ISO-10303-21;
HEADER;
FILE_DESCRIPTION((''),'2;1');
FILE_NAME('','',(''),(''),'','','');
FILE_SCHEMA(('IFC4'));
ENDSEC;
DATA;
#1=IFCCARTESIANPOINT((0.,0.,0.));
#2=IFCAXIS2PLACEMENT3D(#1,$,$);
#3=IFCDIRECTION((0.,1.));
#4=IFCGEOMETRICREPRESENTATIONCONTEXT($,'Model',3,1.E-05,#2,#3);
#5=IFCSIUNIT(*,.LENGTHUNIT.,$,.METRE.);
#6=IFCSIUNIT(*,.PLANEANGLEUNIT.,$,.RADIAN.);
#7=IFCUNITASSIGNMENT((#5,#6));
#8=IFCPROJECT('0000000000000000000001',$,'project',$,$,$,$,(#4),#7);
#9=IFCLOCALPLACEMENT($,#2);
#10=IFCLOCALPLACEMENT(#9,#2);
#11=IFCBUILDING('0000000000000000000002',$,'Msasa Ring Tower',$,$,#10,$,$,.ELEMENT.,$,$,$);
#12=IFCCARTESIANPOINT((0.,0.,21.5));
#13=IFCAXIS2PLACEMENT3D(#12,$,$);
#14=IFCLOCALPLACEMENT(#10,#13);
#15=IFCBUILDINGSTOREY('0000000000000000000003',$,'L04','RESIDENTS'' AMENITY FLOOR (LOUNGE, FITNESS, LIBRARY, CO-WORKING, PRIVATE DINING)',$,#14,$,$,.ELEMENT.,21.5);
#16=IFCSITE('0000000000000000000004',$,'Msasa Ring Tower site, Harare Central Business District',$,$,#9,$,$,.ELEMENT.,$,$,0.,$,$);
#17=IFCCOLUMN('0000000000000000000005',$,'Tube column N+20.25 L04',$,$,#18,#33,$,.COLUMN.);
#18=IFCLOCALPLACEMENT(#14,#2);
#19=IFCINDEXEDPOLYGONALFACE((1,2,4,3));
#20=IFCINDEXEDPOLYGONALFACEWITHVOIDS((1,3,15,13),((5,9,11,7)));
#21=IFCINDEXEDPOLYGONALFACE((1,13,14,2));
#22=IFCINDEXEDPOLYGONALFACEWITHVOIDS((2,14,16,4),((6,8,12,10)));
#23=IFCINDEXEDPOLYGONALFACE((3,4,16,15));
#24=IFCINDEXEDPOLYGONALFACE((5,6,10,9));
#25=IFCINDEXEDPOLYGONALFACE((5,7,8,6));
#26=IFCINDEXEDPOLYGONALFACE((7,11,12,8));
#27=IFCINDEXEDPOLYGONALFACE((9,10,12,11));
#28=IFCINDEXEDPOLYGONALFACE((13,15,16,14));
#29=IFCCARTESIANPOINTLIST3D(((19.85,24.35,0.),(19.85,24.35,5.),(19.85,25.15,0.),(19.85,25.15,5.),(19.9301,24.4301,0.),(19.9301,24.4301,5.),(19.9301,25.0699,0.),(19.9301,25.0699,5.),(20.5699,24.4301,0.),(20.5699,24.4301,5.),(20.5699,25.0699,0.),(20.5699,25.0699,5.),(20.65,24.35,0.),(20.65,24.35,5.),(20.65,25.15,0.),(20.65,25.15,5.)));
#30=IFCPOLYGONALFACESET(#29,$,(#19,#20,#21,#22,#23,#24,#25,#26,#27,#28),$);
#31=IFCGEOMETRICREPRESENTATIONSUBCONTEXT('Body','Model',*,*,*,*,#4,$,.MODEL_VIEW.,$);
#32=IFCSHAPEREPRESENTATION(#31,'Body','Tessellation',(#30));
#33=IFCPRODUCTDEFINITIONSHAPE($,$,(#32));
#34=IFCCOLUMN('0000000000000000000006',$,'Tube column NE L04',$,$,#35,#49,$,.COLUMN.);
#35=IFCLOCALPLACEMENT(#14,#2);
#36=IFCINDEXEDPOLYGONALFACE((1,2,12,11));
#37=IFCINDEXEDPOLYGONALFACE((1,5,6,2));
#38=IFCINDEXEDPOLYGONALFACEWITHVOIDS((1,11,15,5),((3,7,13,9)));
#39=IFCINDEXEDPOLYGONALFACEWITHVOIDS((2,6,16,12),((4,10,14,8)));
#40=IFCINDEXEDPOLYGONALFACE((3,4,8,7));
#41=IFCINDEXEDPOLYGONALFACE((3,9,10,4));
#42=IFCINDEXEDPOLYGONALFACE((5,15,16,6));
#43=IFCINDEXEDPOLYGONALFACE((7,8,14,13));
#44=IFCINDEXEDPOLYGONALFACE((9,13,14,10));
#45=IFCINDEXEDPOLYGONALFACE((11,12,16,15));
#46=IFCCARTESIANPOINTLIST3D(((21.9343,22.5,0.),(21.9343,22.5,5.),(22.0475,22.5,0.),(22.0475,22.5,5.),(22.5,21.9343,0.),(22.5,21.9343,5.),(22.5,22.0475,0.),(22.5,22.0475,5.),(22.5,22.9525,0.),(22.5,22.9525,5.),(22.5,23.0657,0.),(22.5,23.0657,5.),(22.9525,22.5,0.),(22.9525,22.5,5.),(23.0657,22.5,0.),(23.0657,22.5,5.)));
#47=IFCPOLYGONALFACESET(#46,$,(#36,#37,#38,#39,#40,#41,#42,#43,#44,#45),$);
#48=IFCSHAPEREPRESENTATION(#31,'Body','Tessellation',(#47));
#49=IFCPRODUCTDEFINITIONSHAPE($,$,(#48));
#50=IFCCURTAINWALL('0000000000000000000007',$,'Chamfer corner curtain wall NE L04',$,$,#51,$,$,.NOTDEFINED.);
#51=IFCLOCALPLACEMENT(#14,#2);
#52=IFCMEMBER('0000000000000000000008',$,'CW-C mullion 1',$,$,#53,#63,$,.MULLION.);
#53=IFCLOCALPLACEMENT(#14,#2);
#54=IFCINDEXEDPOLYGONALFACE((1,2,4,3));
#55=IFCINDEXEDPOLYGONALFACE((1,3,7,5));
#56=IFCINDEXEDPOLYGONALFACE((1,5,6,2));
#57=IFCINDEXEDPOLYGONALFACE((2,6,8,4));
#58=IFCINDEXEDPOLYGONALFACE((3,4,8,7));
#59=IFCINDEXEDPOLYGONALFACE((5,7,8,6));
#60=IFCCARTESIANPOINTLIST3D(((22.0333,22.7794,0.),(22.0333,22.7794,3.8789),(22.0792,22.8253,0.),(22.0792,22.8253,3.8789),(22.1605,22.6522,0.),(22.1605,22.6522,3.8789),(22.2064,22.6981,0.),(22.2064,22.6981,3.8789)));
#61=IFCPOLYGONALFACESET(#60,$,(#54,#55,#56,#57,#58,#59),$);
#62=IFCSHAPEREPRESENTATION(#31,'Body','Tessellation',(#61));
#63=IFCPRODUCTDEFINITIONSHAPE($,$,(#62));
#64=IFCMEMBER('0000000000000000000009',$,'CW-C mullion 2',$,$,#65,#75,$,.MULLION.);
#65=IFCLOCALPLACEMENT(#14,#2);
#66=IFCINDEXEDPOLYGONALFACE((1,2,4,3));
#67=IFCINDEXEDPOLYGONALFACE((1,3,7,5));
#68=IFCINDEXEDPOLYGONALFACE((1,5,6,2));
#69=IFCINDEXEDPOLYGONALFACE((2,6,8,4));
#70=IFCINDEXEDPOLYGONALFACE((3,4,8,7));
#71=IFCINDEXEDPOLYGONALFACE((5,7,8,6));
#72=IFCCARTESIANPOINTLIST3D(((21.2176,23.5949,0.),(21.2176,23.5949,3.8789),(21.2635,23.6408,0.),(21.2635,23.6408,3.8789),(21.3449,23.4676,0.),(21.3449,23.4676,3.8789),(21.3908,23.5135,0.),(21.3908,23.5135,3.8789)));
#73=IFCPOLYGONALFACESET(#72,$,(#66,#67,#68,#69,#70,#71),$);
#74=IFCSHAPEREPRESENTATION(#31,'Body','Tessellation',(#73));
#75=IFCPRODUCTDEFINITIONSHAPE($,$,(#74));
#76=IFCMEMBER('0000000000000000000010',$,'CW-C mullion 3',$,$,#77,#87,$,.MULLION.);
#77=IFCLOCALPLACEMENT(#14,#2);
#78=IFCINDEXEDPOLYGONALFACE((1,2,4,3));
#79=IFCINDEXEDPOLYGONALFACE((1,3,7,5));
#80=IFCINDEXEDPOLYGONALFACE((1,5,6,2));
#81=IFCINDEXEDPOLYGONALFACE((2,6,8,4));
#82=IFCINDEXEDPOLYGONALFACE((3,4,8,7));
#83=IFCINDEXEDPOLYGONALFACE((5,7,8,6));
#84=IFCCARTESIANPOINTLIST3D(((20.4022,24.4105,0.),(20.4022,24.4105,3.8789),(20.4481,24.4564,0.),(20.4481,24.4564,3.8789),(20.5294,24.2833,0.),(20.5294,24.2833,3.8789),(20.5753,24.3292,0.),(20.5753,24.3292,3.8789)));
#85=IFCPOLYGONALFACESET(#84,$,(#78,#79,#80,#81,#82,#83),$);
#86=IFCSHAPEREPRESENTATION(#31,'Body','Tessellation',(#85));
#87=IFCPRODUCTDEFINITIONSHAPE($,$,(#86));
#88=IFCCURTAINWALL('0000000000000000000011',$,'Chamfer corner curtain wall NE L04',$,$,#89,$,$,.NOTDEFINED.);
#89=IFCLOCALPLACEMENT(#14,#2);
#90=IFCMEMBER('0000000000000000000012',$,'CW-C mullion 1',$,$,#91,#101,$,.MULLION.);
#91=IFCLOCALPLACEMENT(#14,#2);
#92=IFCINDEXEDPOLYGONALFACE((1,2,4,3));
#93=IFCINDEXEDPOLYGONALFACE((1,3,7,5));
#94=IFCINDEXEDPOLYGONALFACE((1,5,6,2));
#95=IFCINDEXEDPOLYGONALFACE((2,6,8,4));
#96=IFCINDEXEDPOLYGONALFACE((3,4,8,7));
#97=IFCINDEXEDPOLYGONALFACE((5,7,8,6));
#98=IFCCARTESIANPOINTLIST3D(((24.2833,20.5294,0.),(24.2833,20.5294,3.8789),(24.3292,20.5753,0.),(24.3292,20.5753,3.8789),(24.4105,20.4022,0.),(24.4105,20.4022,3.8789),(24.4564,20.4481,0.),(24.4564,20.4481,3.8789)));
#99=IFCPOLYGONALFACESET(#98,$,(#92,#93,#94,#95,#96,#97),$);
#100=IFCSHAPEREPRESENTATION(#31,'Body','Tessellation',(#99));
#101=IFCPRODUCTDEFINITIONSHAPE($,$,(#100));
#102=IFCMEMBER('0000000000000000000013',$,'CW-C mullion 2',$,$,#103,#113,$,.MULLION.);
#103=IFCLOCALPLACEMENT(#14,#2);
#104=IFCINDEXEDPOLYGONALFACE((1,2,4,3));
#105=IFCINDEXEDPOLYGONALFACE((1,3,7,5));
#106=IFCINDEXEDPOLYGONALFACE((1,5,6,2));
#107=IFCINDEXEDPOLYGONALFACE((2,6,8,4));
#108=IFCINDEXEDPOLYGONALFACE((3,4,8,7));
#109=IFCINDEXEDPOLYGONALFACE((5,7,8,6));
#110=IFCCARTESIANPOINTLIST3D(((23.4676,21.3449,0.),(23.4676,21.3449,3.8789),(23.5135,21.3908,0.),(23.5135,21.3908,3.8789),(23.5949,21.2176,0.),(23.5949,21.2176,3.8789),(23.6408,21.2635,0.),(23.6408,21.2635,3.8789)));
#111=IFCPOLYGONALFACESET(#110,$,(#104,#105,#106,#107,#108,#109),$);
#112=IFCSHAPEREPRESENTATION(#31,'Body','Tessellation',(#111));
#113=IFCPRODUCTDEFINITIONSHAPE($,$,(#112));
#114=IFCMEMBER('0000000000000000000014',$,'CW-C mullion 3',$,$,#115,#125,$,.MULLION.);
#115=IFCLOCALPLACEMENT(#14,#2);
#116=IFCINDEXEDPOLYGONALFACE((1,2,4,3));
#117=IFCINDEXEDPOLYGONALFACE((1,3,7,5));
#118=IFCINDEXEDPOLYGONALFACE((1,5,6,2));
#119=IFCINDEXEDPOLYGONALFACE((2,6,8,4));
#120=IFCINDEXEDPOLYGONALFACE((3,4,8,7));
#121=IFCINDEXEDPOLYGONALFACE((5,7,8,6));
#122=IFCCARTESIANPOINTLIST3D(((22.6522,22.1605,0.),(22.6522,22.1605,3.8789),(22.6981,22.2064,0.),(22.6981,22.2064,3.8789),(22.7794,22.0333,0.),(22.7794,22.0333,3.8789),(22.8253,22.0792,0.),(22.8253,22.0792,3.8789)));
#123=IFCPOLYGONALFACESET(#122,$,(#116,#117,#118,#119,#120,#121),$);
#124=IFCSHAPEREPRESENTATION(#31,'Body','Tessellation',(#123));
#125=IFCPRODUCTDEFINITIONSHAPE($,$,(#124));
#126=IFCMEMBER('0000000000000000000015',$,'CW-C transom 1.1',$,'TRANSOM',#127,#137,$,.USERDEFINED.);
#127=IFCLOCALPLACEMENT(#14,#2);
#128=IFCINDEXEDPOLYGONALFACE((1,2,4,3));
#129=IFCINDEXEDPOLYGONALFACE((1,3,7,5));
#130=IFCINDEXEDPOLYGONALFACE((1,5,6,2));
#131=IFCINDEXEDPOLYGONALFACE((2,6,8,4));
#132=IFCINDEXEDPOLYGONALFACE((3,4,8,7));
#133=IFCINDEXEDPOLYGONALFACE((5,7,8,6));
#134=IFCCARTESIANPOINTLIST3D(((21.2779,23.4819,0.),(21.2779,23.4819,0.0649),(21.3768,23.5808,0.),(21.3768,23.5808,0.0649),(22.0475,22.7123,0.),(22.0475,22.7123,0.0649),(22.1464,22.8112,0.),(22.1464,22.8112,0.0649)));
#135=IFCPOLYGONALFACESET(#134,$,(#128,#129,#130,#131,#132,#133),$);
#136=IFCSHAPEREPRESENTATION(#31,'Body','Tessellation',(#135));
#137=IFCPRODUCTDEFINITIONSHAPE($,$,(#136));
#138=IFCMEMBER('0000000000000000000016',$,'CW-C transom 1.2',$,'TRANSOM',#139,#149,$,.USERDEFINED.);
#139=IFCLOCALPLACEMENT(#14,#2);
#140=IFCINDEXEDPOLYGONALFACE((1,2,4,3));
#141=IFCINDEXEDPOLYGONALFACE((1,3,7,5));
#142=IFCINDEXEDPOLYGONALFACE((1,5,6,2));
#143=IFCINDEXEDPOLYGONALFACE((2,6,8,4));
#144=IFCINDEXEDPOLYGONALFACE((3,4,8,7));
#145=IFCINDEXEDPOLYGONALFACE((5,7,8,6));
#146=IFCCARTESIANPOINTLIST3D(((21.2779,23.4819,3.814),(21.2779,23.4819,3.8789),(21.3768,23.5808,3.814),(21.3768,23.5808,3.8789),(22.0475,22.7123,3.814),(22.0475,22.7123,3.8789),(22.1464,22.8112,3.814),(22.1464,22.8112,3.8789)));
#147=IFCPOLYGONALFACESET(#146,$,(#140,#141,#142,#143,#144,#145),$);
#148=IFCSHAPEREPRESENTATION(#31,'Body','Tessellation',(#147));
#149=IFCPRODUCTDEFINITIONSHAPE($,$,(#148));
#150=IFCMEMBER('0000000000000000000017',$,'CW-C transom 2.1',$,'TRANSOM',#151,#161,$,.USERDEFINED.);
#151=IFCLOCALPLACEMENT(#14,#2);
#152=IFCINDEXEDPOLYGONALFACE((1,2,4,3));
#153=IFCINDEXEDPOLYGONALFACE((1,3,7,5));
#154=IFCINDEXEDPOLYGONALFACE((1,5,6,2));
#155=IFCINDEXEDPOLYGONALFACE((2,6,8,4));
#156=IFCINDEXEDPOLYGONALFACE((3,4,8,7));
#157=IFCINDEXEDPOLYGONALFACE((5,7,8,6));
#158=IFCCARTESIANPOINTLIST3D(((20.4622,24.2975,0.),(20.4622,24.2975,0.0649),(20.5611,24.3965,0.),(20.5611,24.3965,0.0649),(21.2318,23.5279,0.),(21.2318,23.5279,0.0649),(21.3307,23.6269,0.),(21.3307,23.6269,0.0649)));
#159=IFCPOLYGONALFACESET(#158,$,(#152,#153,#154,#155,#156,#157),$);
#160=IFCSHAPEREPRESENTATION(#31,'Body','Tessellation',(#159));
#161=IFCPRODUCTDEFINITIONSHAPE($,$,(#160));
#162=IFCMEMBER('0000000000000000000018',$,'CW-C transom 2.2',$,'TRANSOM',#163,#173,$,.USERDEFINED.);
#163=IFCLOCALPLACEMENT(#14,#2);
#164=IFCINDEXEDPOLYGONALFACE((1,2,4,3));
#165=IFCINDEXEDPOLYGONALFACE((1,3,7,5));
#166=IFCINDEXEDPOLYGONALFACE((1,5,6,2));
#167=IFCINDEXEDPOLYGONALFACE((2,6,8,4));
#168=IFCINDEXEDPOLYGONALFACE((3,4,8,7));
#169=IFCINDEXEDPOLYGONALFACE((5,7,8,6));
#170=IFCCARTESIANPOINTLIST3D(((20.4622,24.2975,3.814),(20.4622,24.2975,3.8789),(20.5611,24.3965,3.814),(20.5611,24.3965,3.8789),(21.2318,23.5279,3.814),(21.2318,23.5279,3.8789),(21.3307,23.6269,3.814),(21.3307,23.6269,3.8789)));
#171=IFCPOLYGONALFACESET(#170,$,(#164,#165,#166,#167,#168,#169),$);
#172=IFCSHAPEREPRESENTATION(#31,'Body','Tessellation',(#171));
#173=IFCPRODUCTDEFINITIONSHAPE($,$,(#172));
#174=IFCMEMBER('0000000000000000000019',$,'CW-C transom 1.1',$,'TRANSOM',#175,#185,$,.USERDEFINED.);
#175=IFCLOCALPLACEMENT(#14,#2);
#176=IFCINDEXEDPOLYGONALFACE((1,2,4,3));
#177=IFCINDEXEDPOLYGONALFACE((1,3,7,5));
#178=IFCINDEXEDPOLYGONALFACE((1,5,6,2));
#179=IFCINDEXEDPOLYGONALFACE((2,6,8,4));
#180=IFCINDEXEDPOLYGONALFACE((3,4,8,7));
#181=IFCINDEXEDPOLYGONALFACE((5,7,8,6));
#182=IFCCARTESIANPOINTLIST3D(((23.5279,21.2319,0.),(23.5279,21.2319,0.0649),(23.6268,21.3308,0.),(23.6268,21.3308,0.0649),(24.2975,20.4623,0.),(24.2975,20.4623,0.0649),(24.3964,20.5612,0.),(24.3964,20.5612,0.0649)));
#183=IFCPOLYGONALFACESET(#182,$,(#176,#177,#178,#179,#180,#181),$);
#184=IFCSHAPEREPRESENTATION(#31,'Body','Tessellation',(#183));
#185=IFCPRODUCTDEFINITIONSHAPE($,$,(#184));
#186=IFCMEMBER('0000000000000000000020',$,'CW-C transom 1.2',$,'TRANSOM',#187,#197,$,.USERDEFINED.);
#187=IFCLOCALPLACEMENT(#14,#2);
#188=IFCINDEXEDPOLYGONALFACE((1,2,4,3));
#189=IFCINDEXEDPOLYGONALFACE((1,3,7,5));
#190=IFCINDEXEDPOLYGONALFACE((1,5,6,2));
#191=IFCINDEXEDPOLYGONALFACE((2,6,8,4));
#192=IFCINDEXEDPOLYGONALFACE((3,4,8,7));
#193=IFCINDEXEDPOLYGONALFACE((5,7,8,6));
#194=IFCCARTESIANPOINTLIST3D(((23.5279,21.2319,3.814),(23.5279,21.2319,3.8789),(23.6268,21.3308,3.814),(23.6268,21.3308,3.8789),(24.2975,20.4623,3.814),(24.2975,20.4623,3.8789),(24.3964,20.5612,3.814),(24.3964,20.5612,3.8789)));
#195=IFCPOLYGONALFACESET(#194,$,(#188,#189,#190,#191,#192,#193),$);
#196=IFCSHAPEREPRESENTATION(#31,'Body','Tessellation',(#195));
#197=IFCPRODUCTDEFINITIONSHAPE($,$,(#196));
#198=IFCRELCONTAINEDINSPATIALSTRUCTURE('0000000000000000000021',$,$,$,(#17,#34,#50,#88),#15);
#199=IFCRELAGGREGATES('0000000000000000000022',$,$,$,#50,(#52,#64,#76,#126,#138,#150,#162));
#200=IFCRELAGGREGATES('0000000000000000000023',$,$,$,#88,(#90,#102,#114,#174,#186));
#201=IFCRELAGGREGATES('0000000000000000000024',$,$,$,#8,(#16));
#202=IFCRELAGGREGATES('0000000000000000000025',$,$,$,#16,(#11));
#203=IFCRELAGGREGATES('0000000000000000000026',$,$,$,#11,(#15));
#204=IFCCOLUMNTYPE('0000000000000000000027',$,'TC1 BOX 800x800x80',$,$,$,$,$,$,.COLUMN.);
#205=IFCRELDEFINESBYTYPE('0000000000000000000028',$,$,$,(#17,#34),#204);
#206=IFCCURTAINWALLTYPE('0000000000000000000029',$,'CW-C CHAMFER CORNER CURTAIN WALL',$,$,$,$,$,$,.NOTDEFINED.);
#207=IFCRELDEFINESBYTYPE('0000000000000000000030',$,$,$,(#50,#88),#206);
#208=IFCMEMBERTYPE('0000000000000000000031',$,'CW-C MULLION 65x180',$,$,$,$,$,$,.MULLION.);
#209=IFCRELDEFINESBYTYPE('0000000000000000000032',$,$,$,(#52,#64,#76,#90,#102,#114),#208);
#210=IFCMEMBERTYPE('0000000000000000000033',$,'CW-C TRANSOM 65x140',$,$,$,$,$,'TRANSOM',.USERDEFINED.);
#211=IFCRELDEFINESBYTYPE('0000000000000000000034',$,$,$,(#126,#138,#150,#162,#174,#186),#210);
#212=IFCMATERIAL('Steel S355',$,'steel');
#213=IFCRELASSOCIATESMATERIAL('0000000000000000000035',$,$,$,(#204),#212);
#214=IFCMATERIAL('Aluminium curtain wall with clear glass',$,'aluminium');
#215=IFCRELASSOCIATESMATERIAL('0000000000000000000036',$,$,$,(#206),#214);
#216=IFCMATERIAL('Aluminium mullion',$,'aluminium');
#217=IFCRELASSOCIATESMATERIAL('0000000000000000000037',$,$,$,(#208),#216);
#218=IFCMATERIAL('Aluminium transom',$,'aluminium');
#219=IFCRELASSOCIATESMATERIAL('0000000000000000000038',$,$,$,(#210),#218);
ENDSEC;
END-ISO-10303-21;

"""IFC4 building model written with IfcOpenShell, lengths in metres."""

from ifc_helpers import new_model, si_unit, direction, frame, origin, origin_2d, place, context, subcontext, project, spatial, rectangle, hollow_rectangle, extrude, material, material_profile, profile_set, type_object, element, aggregate, save


model = new_model("IFC4")

# Units and contexts
model_context = context("Model", 3, precision=1e-05, world=origin(), true_north=direction((0.0, 1.0)))
body_context = subcontext(model_context, "Body", "Model", "MODEL_VIEW")
ifc_project = project(units=[si_unit("LENGTHUNIT", "METRE"), si_unit("PLANEANGLEUNIT", "RADIAN")], contexts=[model_context])

# Site, building, storey
site_placement = place(None, origin())
site = spatial("IfcSite", under=ifc_project, at=site_placement, Name="Msasa Ring Tower site, Harare Central Business District", CompositionType="ELEMENT", RefElevation=0.0)
building_placement = place(site_placement, origin())
building = spatial("IfcBuilding", under=site, at=building_placement, Name="Msasa Ring Tower", CompositionType="ELEMENT")
storey_placement = place(building_placement, frame((0.0, 0.0, 21.5)))
storey = spatial("IfcBuildingStorey", under=building, at=storey_placement, Name="L04", Description="RESIDENTS' AMENITY FLOOR (LOUNGE, FITNESS, LIBRARY, CO-WORKING, PRIVATE DINING)", CompositionType="ELEMENT", Elevation=21.5)

# Columns
ifc_material_1 = material(Name="Steel S355", Category="steel")
ifc_material_profile_1 = material_profile(ifc_material_1, hollow_rectangle(XDim=0.8, YDim=0.8, WallThickness=0.0801, at=origin_2d()), Name="BOX 800x800x80")
ifc_profile_set_1 = profile_set([ifc_material_profile_1], Name="Steel S355")
column_type = type_object("IfcColumnType", Name="TC1 BOX 800x800x80", PredefinedType="COLUMN", material=ifc_profile_set_1)
for number, where, z_axis, x_axis, name in (
    (1, (20.25, 24.75, 0.0), (0.0, 0.0, 1.0), (0.0, 1.0, 0.0), "Tube column N+20.25 L04"),
    (2, (22.5, 22.5, 0.0), (0.0, 0.0, 1.0), (0.707107, 0.707107, 0.0), "Tube column NE L04"),
):
    element("IfcColumn", number, at=place(storey_placement, frame(where, z_axis=z_axis, x_axis=x_axis)), inside=storey, type_object=column_type, Name=name, PredefinedType="COLUMN", context=body_context, shape_type="SweptSolid", body=[
        extrude(hollow_rectangle(XDim=0.8, YDim=0.8, WallThickness=0.0801, at=origin_2d()), origin(), (0.0, 0.0, 1.0), 5.0),
    ])

# Curtain walls, members
ifc_material_2 = material(Name="Aluminium curtain wall with clear glass", Category="aluminium")
curtain_wall_type = type_object("IfcCurtainWallType", Name="CW-C CHAMFER CORNER CURTAIN WALL", PredefinedType="NOTDEFINED", material=ifc_material_2)
curtain_wall_1_placement = place(storey_placement, origin())
curtain_wall_1 = element("IfcCurtainWall", 3, at=curtain_wall_1_placement, inside=storey, type_object=curtain_wall_type, Name="Chamfer corner curtain wall NE L04", PredefinedType="NOTDEFINED")
ifc_material_3 = material(Name="Aluminium mullion", Category="aluminium")
ifc_material_profile_2 = material_profile(ifc_material_3, rectangle(XDim=0.0649, YDim=0.1799, at=origin_2d()), Name="AL 65x180")
ifc_profile_set_2 = profile_set([ifc_material_profile_2], Name="Aluminium mullion")
member_type_1 = type_object("IfcMemberType", Name="CW-C MULLION 65x180", PredefinedType="MULLION", material=ifc_profile_set_2)
member_1_placement = place(storey_placement, frame((22.1199, 22.7388, 0.0), z_axis=(0.0, 0.0, 1.0), x_axis=(-0.707107, -0.707107, 0.0)))
member_1 = element("IfcMember", 4, at=member_1_placement, type_object=member_type_1, Name="CW-C mullion 1", PredefinedType="MULLION", context=body_context, shape_type="SweptSolid", body=[
    extrude(rectangle(XDim=0.0649, YDim=0.1799, at=origin_2d()), origin(), (0.0, 0.0, 1.0), 3.8789),
])
member_2_placement = place(storey_placement, frame((21.3042, 23.5542, 0.0), z_axis=(0.0, 0.0, 1.0), x_axis=(-0.707107, -0.707107, 0.0)))
member_2 = element("IfcMember", 5, at=member_2_placement, type_object=member_type_1, Name="CW-C mullion 2", PredefinedType="MULLION", context=body_context, shape_type="SweptSolid", body=[
    extrude(rectangle(XDim=0.0649, YDim=0.1799, at=origin_2d()), origin(), (0.0, 0.0, 1.0), 3.8789),
])
member_3_placement = place(storey_placement, frame((20.4888, 24.3699, 0.0), z_axis=(0.0, 0.0, 1.0), x_axis=(-0.707107, -0.707107, 0.0)))
member_3 = element("IfcMember", 6, at=member_3_placement, type_object=member_type_1, Name="CW-C mullion 3", PredefinedType="MULLION", context=body_context, shape_type="SweptSolid", body=[
    extrude(rectangle(XDim=0.0649, YDim=0.1799, at=origin_2d()), origin(), (0.0, 0.0, 1.0), 3.8789),
])
curtain_wall_2_placement = place(storey_placement, origin())
curtain_wall_2 = element("IfcCurtainWall", 7, at=curtain_wall_2_placement, inside=storey, type_object=curtain_wall_type, Name="Chamfer corner curtain wall NE L04", PredefinedType="NOTDEFINED")
member_4_placement = place(storey_placement, frame((24.3699, 20.4888, 0.0), z_axis=(0.0, 0.0, 1.0), x_axis=(-0.707107, -0.707107, 0.0)))
member_4 = element("IfcMember", 8, at=member_4_placement, type_object=member_type_1, Name="CW-C mullion 1", PredefinedType="MULLION", context=body_context, shape_type="SweptSolid", body=[
    extrude(rectangle(XDim=0.0649, YDim=0.1799, at=origin_2d()), origin(), (0.0, 0.0, 1.0), 3.8789),
])
member_5_placement = place(storey_placement, frame((23.5542, 21.3042, 0.0), z_axis=(0.0, 0.0, 1.0), x_axis=(-0.707107, -0.707107, 0.0)))
member_5 = element("IfcMember", 9, at=member_5_placement, type_object=member_type_1, Name="CW-C mullion 2", PredefinedType="MULLION", context=body_context, shape_type="SweptSolid", body=[
    extrude(rectangle(XDim=0.0649, YDim=0.1799, at=origin_2d()), origin(), (0.0, 0.0, 1.0), 3.8789),
])
member_6_placement = place(storey_placement, frame((22.7388, 22.1199, 0.0), z_axis=(0.0, 0.0, 1.0), x_axis=(-0.707107, -0.707107, 0.0)))
member_6 = element("IfcMember", 10, at=member_6_placement, type_object=member_type_1, Name="CW-C mullion 3", PredefinedType="MULLION", context=body_context, shape_type="SweptSolid", body=[
    extrude(rectangle(XDim=0.0649, YDim=0.1799, at=origin_2d()), origin(), (0.0, 0.0, 1.0), 3.8789),
])

# Members
ifc_material_4 = material(Name="Aluminium transom", Category="aluminium")
ifc_material_profile_3 = material_profile(ifc_material_4, rectangle(XDim=0.1399, YDim=0.0649, at=origin_2d()), Name="AL 65x140")
ifc_profile_set_3 = profile_set([ifc_material_profile_3], Name="Aluminium transom")
member_type_2 = type_object("IfcMemberType", Name="CW-C TRANSOM 65x140", ElementType="TRANSOM", PredefinedType="USERDEFINED", material=ifc_profile_set_3)
member_7_placement = place(storey_placement, frame((22.0969, 22.7617, 0.0325), z_axis=(-0.707107, 0.707107, 0.0), x_axis=(-0.707107, -0.707107, 0.0)))
member_7 = element("IfcMember", 11, at=member_7_placement, type_object=member_type_2, Name="CW-C transom 1.1", ObjectType="TRANSOM", PredefinedType="USERDEFINED", context=body_context, shape_type="SweptSolid", body=[
    extrude(rectangle(XDim=0.1399, YDim=0.0649, at=origin_2d()), origin(), (0.0, 0.0, 1.0), 1.0884),
])
member_8_placement = place(storey_placement, frame((22.0969, 22.7617, 3.8464), z_axis=(-0.707107, 0.707107, 0.0), x_axis=(-0.707107, -0.707107, 0.0)))
member_8 = element("IfcMember", 12, at=member_8_placement, type_object=member_type_2, Name="CW-C transom 1.2", ObjectType="TRANSOM", PredefinedType="USERDEFINED", context=body_context, shape_type="SweptSolid", body=[
    extrude(rectangle(XDim=0.1399, YDim=0.0649, at=origin_2d()), origin(), (0.0, 0.0, 1.0), 1.0884),
])
member_9_placement = place(storey_placement, frame((21.2812, 23.5774, 0.0325), z_axis=(-0.707107, 0.707107, 0.0), x_axis=(-0.707107, -0.707107, 0.0)))
member_9 = element("IfcMember", 13, at=member_9_placement, type_object=member_type_2, Name="CW-C transom 2.1", ObjectType="TRANSOM", PredefinedType="USERDEFINED", context=body_context, shape_type="SweptSolid", body=[
    extrude(rectangle(XDim=0.1399, YDim=0.0649, at=origin_2d()), origin(), (0.0, 0.0, 1.0), 1.0884),
])
member_10_placement = place(storey_placement, frame((21.2812, 23.5774, 3.8464), z_axis=(-0.707107, 0.707107, 0.0), x_axis=(-0.707107, -0.707107, 0.0)))
member_10 = element("IfcMember", 14, at=member_10_placement, type_object=member_type_2, Name="CW-C transom 2.2", ObjectType="TRANSOM", PredefinedType="USERDEFINED", context=body_context, shape_type="SweptSolid", body=[
    extrude(rectangle(XDim=0.1399, YDim=0.0649, at=origin_2d()), origin(), (0.0, 0.0, 1.0), 1.0884),
])
member_11_placement = place(storey_placement, frame((24.3469, 20.5117, 0.0325), z_axis=(-0.707107, 0.707107, 0.0), x_axis=(-0.707107, -0.707107, 0.0)))
member_11 = element("IfcMember", 15, at=member_11_placement, type_object=member_type_2, Name="CW-C transom 1.1", ObjectType="TRANSOM", PredefinedType="USERDEFINED", context=body_context, shape_type="SweptSolid", body=[
    extrude(rectangle(XDim=0.1399, YDim=0.0649, at=origin_2d()), origin(), (0.0, 0.0, 1.0), 1.0884),
])
member_12_placement = place(storey_placement, frame((24.3469, 20.5117, 3.8464), z_axis=(-0.707107, 0.707107, 0.0), x_axis=(-0.707107, -0.707107, 0.0)))
member_12 = element("IfcMember", 16, at=member_12_placement, type_object=member_type_2, Name="CW-C transom 1.2", ObjectType="TRANSOM", PredefinedType="USERDEFINED", context=body_context, shape_type="SweptSolid", body=[
    extrude(rectangle(XDim=0.1399, YDim=0.0649, at=origin_2d()), origin(), (0.0, 0.0, 1.0), 1.0884),
])

aggregate(curtain_wall_1, [member_1, member_2, member_3, member_7, member_8, member_9, member_10])
aggregate(curtain_wall_2, [member_4, member_5, member_6, member_11, member_12])

save(model, "model.ifc")
